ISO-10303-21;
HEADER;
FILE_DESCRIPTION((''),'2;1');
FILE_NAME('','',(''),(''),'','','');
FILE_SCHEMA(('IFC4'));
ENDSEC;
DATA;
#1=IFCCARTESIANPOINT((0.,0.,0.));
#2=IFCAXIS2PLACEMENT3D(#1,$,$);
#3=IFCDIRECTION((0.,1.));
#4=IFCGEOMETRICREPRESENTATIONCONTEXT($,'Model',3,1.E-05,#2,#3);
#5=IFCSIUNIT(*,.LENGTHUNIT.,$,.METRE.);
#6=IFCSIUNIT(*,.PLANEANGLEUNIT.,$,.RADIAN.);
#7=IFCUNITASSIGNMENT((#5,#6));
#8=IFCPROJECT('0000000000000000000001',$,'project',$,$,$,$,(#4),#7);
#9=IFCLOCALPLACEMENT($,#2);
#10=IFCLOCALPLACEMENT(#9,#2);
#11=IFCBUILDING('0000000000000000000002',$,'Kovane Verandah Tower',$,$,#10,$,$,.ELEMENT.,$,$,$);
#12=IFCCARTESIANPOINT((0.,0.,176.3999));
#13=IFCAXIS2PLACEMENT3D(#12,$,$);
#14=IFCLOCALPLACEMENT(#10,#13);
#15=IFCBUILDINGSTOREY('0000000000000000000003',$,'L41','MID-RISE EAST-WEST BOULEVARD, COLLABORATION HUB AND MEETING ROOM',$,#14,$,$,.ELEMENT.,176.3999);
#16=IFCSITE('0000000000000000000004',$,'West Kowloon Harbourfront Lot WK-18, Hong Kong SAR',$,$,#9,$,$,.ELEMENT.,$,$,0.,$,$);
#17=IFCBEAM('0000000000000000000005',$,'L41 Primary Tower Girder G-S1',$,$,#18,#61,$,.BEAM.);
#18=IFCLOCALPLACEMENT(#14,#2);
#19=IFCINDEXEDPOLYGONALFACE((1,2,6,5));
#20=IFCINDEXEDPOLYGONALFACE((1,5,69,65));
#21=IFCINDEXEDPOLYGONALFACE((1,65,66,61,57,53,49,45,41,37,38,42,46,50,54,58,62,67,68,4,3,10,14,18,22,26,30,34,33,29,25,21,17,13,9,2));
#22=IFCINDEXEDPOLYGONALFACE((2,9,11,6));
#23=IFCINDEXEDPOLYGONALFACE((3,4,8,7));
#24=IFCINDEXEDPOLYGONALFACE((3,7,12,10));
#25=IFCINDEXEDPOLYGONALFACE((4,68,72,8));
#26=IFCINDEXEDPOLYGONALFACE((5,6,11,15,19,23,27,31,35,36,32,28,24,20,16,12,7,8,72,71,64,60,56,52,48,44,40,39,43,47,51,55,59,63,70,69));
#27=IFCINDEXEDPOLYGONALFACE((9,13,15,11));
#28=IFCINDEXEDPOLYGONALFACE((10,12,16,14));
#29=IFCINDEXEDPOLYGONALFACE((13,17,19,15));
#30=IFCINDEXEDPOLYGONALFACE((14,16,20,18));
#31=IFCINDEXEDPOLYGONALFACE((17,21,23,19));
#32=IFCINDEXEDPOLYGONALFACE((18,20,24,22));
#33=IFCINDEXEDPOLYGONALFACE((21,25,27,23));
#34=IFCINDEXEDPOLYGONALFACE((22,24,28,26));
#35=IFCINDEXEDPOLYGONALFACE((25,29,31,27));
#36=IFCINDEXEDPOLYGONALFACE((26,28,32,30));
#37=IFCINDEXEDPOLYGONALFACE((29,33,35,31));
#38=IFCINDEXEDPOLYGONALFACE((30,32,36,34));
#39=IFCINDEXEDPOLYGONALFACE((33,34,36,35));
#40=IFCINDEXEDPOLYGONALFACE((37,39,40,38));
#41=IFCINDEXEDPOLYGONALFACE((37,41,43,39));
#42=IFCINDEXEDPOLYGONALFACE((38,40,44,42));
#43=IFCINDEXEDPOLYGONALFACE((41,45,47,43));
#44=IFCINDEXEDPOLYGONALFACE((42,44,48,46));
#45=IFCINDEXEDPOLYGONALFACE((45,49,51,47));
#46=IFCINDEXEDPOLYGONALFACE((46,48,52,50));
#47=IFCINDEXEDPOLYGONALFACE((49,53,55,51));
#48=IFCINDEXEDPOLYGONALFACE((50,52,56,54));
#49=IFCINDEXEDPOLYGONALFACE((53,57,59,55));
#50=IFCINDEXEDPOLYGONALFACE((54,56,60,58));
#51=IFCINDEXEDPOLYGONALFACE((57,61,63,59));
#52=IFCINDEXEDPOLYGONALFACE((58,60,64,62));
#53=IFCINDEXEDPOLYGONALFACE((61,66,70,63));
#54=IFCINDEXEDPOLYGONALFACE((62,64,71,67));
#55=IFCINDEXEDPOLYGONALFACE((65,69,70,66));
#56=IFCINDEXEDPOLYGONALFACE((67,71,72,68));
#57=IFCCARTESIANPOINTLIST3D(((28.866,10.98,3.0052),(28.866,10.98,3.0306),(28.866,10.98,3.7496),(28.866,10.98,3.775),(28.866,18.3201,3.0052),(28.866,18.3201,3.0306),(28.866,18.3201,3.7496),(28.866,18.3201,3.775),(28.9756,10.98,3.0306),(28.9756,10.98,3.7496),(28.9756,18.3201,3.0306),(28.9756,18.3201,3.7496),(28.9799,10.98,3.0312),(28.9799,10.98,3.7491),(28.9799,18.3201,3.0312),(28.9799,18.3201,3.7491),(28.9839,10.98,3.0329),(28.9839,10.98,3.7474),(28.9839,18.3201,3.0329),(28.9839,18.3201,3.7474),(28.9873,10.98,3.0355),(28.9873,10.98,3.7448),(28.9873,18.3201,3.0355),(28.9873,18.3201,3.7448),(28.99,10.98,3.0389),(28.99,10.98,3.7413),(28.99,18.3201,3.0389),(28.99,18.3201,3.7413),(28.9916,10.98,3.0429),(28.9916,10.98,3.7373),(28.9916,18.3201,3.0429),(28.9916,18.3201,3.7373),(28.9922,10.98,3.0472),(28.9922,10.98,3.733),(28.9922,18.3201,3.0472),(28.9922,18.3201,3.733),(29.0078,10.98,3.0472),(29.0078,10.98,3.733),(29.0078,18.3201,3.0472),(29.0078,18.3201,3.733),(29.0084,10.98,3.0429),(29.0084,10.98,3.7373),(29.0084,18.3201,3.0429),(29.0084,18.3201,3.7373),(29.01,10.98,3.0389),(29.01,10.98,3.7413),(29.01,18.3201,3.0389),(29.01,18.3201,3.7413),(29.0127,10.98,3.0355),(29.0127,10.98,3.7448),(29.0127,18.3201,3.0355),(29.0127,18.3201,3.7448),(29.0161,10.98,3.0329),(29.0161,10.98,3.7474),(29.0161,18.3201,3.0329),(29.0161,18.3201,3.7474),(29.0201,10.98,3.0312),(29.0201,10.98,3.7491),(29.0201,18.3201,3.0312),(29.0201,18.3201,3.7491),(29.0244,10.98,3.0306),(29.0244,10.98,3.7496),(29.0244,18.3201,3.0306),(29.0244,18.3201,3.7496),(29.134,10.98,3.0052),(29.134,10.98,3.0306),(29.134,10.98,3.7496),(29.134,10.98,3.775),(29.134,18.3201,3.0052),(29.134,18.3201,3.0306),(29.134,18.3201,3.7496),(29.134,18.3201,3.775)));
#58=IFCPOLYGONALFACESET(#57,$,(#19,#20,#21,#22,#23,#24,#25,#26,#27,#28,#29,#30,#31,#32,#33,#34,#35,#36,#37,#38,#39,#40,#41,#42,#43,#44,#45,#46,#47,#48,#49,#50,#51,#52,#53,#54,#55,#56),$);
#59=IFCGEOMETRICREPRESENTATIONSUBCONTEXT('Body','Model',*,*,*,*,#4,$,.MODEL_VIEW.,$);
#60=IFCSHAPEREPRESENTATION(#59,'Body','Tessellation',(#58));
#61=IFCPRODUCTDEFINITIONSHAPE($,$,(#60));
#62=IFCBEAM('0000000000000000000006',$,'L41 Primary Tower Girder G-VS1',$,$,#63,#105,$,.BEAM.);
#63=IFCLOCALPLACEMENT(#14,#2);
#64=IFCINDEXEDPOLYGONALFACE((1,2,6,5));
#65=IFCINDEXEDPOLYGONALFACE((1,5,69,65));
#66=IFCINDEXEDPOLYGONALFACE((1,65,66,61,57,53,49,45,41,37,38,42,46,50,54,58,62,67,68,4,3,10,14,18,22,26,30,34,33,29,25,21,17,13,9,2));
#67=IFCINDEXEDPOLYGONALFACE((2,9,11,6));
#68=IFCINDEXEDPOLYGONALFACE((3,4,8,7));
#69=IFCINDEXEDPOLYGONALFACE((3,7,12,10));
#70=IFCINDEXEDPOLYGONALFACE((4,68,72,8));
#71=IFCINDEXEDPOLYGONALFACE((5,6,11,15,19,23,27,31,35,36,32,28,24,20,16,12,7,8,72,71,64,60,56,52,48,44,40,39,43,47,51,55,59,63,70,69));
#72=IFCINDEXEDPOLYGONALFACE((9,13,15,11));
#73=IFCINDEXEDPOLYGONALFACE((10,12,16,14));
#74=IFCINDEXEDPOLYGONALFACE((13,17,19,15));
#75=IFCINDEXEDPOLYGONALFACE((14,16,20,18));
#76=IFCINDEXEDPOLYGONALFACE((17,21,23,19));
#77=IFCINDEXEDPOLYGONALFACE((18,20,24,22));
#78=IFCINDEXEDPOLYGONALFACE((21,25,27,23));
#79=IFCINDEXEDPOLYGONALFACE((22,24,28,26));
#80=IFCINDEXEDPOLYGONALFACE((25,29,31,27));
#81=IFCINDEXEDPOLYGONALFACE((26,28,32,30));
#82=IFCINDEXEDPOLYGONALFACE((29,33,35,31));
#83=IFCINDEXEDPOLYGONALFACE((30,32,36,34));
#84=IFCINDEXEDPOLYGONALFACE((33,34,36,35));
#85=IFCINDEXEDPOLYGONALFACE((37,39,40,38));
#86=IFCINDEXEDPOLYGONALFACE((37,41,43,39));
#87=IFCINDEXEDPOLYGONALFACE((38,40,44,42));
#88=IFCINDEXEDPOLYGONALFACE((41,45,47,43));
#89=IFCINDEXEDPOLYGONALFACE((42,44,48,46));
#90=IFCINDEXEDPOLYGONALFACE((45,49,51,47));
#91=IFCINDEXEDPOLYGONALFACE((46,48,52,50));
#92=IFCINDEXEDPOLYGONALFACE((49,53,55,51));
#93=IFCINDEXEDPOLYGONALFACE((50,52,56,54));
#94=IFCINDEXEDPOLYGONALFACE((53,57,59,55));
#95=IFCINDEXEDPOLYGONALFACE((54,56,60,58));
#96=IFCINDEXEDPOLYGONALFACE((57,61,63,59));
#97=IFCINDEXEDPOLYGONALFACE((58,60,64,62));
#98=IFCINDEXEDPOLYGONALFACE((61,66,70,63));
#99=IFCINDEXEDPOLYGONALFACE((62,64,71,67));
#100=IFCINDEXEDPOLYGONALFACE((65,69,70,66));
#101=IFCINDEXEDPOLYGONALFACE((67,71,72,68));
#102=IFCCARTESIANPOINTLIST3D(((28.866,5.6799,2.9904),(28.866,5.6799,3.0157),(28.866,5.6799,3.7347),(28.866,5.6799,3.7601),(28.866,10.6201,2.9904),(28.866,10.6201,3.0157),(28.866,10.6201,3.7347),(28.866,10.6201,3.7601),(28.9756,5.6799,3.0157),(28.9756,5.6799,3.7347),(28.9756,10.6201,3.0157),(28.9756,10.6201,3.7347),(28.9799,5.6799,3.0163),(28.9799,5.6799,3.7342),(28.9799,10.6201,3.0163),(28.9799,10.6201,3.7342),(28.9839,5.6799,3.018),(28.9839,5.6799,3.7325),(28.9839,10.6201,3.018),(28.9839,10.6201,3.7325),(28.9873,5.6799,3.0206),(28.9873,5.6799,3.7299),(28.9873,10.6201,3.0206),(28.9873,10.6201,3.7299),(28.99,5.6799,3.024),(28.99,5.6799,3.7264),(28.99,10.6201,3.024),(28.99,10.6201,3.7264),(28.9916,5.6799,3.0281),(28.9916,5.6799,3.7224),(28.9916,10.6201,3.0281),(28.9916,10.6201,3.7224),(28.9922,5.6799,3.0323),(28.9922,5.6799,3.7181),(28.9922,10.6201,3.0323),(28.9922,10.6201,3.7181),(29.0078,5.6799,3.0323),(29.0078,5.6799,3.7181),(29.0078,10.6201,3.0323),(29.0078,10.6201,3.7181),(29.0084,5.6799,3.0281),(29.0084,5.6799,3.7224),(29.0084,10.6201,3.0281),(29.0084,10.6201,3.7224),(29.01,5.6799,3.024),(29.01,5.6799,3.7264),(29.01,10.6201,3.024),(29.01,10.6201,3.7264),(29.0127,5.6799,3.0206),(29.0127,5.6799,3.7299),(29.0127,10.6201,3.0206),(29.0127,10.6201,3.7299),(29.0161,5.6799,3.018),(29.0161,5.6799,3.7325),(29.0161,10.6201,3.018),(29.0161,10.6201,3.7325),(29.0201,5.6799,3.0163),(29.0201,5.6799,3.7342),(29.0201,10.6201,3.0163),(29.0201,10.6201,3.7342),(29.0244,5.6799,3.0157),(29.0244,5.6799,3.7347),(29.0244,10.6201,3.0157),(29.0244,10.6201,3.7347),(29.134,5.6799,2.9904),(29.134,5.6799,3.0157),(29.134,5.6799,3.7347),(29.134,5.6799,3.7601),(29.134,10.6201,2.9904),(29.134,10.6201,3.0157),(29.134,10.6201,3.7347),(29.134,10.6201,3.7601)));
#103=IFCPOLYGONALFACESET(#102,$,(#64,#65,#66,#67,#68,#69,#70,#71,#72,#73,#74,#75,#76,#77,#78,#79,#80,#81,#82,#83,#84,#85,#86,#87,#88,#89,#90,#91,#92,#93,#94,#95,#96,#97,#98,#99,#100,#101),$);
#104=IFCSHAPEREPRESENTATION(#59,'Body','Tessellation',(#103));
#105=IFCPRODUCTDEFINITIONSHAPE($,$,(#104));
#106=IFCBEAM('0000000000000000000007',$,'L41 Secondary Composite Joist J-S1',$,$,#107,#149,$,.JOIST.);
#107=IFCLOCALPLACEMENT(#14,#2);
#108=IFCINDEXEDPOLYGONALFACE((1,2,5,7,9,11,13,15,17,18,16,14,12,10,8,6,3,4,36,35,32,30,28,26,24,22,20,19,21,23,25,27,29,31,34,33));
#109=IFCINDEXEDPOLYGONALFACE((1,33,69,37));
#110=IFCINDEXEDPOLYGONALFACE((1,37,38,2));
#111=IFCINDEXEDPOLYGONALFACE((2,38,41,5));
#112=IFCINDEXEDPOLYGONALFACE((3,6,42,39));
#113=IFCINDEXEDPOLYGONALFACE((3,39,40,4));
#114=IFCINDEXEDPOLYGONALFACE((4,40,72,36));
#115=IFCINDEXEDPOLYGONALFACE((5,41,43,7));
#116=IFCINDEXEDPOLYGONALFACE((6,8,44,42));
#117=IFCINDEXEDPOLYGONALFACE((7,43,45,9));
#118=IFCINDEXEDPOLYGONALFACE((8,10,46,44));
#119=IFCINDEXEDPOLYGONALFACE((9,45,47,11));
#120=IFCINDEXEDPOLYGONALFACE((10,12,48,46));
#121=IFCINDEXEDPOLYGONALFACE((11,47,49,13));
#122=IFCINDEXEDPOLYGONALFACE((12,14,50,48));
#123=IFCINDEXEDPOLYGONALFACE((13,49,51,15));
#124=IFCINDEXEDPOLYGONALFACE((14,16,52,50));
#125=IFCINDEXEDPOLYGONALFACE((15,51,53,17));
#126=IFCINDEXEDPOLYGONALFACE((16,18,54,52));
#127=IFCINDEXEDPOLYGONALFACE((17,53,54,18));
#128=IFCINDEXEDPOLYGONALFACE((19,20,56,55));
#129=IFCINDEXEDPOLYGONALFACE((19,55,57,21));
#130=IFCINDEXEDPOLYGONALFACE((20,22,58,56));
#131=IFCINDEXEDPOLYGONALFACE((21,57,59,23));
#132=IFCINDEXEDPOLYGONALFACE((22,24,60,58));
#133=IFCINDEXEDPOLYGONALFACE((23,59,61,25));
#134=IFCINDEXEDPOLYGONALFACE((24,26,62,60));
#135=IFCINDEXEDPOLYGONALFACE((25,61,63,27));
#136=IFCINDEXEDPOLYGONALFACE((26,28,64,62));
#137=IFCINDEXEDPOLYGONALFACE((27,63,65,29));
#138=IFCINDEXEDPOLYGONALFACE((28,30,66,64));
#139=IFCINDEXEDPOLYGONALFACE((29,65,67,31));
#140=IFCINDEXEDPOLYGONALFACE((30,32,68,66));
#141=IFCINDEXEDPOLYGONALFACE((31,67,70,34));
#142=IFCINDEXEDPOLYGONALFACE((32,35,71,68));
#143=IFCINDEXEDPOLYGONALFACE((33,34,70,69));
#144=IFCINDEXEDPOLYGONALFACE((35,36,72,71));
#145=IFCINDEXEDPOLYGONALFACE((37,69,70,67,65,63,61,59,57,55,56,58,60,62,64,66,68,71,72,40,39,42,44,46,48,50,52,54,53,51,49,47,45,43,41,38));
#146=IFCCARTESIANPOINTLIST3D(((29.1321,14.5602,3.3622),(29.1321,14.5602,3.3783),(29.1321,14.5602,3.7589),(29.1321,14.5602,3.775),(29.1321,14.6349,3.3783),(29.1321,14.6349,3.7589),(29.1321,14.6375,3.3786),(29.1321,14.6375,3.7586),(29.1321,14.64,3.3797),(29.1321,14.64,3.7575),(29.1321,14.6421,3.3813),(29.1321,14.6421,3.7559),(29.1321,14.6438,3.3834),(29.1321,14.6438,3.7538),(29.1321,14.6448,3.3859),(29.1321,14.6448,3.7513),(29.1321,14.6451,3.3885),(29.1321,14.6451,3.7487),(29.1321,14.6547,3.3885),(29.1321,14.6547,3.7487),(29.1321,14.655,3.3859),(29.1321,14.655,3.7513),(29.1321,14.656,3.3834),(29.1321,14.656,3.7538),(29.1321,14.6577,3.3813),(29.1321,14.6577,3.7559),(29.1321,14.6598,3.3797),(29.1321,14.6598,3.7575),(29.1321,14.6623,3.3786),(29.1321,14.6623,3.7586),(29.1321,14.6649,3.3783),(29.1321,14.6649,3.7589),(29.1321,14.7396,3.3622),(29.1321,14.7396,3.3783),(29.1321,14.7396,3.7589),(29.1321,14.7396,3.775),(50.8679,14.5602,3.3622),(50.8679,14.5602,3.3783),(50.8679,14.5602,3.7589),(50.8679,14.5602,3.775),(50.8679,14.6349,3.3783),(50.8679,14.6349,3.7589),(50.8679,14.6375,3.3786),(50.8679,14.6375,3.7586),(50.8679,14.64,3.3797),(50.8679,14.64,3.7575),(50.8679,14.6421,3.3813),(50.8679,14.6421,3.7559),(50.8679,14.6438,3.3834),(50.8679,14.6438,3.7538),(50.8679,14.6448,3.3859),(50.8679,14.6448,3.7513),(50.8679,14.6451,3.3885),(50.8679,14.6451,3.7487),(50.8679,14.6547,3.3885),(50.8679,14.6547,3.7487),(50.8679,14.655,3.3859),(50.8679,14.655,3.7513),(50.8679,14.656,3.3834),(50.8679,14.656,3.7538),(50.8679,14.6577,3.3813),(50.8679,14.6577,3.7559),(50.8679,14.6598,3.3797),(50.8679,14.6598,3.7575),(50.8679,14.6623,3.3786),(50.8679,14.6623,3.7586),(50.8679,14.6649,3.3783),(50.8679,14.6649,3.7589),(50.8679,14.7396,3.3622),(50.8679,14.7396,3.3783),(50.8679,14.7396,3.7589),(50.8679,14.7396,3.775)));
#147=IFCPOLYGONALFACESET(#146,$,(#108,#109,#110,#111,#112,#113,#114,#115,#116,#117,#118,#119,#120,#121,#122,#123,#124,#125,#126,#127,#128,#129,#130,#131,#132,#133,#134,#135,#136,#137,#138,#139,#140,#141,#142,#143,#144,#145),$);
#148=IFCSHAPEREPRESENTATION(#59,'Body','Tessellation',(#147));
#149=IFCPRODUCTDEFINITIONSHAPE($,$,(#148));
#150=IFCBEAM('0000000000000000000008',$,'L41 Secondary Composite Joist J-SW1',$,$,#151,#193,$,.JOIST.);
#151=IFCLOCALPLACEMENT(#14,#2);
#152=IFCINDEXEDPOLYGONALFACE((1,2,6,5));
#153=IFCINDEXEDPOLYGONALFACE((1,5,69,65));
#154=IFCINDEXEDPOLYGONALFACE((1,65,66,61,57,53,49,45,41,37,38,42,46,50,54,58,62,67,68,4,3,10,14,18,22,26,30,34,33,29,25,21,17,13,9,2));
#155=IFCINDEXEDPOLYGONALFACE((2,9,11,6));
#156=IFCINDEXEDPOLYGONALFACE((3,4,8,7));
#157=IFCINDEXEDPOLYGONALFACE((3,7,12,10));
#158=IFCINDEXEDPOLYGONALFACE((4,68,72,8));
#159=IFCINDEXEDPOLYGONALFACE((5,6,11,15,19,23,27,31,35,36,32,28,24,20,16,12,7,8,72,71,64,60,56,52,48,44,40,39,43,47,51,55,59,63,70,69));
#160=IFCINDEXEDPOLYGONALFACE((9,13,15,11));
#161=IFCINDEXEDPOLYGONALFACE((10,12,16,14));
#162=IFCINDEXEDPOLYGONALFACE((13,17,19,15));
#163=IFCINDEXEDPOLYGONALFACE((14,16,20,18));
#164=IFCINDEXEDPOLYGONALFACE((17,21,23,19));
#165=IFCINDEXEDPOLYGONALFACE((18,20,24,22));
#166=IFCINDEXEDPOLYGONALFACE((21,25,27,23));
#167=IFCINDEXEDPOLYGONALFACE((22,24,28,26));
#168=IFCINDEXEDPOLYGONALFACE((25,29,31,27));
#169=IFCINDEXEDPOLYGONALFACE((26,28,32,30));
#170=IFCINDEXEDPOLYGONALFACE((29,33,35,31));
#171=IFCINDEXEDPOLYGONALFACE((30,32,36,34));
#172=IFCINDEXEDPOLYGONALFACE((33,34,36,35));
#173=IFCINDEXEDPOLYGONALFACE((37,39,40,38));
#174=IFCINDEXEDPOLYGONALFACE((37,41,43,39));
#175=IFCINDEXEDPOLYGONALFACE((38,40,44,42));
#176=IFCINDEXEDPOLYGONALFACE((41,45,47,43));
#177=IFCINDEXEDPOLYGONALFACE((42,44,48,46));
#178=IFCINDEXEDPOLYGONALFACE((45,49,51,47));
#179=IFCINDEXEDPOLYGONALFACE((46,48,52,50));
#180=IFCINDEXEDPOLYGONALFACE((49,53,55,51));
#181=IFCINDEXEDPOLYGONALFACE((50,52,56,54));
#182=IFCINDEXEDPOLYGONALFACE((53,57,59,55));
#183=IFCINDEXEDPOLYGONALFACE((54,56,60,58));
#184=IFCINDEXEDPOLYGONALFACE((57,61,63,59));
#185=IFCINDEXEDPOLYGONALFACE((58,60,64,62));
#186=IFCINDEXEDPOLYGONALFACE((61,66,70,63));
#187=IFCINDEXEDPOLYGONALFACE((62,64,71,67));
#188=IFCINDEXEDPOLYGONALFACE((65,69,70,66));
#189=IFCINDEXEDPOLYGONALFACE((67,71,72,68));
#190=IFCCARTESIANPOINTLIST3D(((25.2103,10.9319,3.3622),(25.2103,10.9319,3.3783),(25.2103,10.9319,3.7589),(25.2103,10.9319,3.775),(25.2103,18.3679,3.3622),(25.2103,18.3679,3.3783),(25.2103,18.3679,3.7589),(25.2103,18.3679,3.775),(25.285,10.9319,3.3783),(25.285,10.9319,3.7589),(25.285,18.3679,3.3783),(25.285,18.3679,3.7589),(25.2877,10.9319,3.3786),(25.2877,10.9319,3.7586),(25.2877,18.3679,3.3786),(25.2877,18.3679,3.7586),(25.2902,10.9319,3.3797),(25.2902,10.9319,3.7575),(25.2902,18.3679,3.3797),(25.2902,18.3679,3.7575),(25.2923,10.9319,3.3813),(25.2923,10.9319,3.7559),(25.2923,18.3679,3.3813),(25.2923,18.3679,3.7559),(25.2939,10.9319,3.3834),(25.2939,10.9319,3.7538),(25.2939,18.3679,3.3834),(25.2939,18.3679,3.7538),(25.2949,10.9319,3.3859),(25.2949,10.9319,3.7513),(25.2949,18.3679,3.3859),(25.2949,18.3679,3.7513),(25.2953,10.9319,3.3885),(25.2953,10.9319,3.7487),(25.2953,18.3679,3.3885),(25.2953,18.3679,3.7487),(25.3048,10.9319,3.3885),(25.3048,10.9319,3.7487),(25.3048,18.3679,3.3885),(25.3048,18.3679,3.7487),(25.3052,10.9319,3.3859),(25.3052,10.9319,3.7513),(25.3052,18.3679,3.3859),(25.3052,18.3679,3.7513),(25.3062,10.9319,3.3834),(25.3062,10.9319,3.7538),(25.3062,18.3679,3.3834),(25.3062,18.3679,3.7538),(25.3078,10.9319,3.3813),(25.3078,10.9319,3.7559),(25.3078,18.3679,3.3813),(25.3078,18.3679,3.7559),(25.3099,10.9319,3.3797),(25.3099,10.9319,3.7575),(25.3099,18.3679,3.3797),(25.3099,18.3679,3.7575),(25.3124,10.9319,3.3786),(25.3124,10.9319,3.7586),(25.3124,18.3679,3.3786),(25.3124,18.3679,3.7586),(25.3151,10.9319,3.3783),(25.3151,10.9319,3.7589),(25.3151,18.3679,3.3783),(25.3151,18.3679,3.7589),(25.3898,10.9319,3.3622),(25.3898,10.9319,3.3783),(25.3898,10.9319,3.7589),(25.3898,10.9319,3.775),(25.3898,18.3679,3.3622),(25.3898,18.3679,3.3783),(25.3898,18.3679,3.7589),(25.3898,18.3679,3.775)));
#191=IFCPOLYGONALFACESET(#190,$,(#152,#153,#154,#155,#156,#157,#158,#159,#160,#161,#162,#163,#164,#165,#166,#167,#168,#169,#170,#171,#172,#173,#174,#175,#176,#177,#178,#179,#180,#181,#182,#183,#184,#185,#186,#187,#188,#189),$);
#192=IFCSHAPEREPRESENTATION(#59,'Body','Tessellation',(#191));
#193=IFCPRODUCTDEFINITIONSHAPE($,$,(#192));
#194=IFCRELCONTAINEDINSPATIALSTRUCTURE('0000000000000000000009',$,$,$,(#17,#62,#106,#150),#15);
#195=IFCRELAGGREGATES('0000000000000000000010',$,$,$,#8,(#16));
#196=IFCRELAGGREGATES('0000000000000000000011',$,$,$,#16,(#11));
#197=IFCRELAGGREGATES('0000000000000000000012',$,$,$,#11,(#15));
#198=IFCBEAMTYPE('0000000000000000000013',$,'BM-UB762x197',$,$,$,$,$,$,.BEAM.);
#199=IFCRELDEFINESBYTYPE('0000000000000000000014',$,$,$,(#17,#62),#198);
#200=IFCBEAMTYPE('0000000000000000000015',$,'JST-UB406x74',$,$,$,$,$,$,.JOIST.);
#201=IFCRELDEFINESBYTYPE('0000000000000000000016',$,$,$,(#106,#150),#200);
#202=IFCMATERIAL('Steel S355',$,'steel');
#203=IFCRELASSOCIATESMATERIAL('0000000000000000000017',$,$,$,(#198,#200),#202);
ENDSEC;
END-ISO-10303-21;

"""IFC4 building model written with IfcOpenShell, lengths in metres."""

from ifc_helpers import new_model, si_unit, direction, frame, origin, origin_2d, place, context, subcontext, project, spatial, i_section, extrude, material, material_profile, profile_set, type_object, element, save


model = new_model("IFC4")

# Units and contexts
model_context = context("Model", 3, precision=1e-05, world=origin(), true_north=direction((0.0, 1.0)))
body_context = subcontext(model_context, "Body", "Model", "MODEL_VIEW")
ifc_project = project(units=[si_unit("LENGTHUNIT", "METRE"), si_unit("PLANEANGLEUNIT", "RADIAN")], contexts=[model_context])

# Site, building, storey
site_placement = place(None, origin())
site = spatial("IfcSite", under=ifc_project, at=site_placement, Name="West Kowloon Harbourfront Lot WK-18, Hong Kong SAR", CompositionType="ELEMENT", RefElevation=0.0)
building_placement = place(site_placement, origin())
building = spatial("IfcBuilding", under=site, at=building_placement, Name="Kovane Verandah Tower", CompositionType="ELEMENT")
storey_placement = place(building_placement, frame((0.0, 0.0, 176.3999)))
storey = spatial("IfcBuildingStorey", under=building, at=storey_placement, Name="L41", Description="MID-RISE EAST-WEST BOULEVARD, COLLABORATION HUB AND MEETING ROOM", CompositionType="ELEMENT", Elevation=176.3999)

# Beams
ifc_material_1 = material(Name="Steel S355", Category="steel")
ifc_material_profile_1 = material_profile(ifc_material_1, i_section(OverallWidth=0.2681, OverallDepth=0.7698, WebThickness=0.0156, FlangeThickness=0.0254, FilletRadius=0.0166, at=origin_2d()), Name="UB762x267x197")
ifc_profile_set_1 = profile_set([ifc_material_profile_1], Name="Steel S355")
beam_type_1 = type_object("IfcBeamType", Name="BM-UB762x197", PredefinedType="BEAM", material=ifc_profile_set_1)
for number, where, z_axis, x_axis, name in (
    (1, (29.0, 18.3201, 3.3901), (0.0, -1.0, 0.0), (1.0, 0.0, 0.0), "L41 Primary Tower Girder G-S1"),
):
    element("IfcBeam", number, at=place(storey_placement, frame(where, z_axis=z_axis, x_axis=x_axis)), inside=storey, type_object=beam_type_1, Name=name, PredefinedType="BEAM", context=body_context, shape_type="SweptSolid", body=[
        extrude(i_section(OverallWidth=0.2681, OverallDepth=0.7698, WebThickness=0.0156, FlangeThickness=0.0254, FilletRadius=0.0166, at=origin_2d()), origin(), (0.0, 0.0, 1.0), 7.3401),
    ])
beam_1_placement = place(storey_placement, frame((29.0, 10.6201, 3.3752), z_axis=(0.0, -1.0, 0.0), x_axis=(1.0, 0.0, 0.0)))
element("IfcBeam", 2, at=beam_1_placement, inside=storey, type_object=beam_type_1, Name="L41 Primary Tower Girder G-VS1", PredefinedType="BEAM", context=body_context, shape_type="SweptSolid", body=[
    extrude(i_section(OverallWidth=0.2681, OverallDepth=0.7698, WebThickness=0.0156, FlangeThickness=0.0254, FilletRadius=0.0166, at=origin_2d()), origin(), (0.0, 0.0, 1.0), 4.9402),
])
ifc_material_profile_2 = material_profile(ifc_material_1, i_section(OverallWidth=0.1794, OverallDepth=0.4128, WebThickness=0.0095, FlangeThickness=0.0161, FilletRadius=0.0103, at=origin_2d()), Name="UB406x178x74")
ifc_profile_set_2 = profile_set([ifc_material_profile_2], Name="Steel S355")
beam_type_2 = type_object("IfcBeamType", Name="JST-UB406x74", PredefinedType="JOIST", material=ifc_profile_set_2)
beam_2_placement = place(storey_placement, frame((29.1321, 14.6499, 3.5686), z_axis=(1.0, 0.0, 0.0), x_axis=(0.0, 1.0, 0.0)))
element("IfcBeam", 3, at=beam_2_placement, inside=storey, type_object=beam_type_2, Name="L41 Secondary Composite Joist J-S1", PredefinedType="JOIST", context=body_context, shape_type="SweptSolid", body=[
    extrude(i_section(OverallWidth=0.1794, OverallDepth=0.4128, WebThickness=0.0095, FlangeThickness=0.0161, FilletRadius=0.0103, at=origin_2d()), origin(), (0.0, 0.0, 1.0), 21.7358),
])
beam_3_placement = place(storey_placement, frame((25.3, 10.9319, 3.5686), z_axis=(0.0, 1.0, 0.0), x_axis=(-1.0, 0.0, 0.0)))
element("IfcBeam", 4, at=beam_3_placement, inside=storey, type_object=beam_type_2, Name="L41 Secondary Composite Joist J-SW1", PredefinedType="JOIST", context=body_context, shape_type="SweptSolid", body=[
    extrude(i_section(OverallWidth=0.1794, OverallDepth=0.4128, WebThickness=0.0095, FlangeThickness=0.0161, FilletRadius=0.0103, at=origin_2d()), origin(), (0.0, 0.0, 1.0), 7.436),
])

save(model, "model.ifc")
